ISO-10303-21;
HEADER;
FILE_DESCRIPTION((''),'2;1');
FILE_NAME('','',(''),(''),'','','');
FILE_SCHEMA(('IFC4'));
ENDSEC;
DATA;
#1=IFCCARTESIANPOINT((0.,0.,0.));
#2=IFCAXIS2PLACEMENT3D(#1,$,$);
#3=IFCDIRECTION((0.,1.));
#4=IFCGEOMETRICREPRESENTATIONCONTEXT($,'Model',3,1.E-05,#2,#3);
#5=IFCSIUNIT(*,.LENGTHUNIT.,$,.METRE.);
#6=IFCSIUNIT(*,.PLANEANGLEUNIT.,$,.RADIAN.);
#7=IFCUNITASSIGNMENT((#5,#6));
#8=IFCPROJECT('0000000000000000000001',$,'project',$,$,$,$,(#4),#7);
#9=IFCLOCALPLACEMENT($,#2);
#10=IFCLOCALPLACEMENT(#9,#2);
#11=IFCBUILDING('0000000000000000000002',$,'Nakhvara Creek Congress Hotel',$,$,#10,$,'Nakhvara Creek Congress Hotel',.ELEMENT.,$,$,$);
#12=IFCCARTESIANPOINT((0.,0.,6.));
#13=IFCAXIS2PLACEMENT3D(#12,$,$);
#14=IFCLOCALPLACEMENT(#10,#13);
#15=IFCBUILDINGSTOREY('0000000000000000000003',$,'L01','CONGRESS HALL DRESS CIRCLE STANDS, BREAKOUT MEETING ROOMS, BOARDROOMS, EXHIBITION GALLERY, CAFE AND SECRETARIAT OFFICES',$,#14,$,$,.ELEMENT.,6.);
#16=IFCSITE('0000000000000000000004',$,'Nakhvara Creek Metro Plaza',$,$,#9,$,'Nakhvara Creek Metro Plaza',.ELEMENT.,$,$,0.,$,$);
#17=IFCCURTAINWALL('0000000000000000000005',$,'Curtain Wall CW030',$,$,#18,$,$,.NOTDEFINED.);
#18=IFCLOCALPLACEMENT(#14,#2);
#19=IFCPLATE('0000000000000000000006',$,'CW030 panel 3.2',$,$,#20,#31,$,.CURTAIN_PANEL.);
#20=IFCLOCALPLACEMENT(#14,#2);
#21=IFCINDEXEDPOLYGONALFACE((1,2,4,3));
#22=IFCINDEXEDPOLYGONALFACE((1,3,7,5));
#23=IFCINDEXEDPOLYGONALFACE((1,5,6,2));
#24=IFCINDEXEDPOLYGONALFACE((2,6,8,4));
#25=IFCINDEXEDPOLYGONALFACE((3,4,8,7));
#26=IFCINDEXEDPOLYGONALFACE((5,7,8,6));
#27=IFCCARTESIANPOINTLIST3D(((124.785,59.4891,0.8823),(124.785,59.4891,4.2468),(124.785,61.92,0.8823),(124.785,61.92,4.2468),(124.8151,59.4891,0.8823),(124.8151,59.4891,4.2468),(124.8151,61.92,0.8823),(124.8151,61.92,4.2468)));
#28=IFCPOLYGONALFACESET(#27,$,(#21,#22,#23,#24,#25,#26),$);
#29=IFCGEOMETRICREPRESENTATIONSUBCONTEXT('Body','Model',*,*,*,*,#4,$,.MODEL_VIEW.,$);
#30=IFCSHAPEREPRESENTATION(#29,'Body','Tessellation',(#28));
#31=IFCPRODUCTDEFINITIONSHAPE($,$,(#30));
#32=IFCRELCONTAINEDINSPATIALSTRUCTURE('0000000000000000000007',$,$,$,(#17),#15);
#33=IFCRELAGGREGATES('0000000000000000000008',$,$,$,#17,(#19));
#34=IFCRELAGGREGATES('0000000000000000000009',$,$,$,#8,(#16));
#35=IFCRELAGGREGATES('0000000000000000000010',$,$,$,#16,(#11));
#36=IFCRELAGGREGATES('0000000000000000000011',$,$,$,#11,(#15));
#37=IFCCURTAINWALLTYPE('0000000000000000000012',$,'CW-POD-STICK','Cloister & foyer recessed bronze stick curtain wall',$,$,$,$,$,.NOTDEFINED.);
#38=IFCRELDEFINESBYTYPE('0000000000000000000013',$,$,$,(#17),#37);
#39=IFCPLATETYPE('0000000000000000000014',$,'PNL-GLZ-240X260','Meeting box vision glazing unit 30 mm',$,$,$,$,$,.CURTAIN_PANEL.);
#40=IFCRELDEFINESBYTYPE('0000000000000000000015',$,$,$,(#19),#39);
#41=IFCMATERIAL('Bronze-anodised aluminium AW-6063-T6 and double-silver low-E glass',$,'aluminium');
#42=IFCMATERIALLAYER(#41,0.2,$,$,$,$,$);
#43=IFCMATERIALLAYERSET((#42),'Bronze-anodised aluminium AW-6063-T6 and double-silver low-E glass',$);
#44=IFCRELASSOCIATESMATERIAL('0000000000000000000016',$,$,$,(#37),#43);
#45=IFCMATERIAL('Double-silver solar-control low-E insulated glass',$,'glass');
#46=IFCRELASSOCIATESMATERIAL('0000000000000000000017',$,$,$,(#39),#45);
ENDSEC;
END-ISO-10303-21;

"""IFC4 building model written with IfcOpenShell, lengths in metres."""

from ifc_helpers import new_model, si_unit, direction, frame, origin, origin_2d, place, context, subcontext, project, spatial, rectangle, extrude, material, layer, layer_set, type_object, element, aggregate, save


model = new_model("IFC4")

# Units and contexts
model_context = context("Model", 3, precision=1e-05, world=origin(), true_north=direction((0.0, 1.0)))
body_context = subcontext(model_context, "Body", "Model", "MODEL_VIEW")
ifc_project = project(units=[si_unit("LENGTHUNIT", "METRE"), si_unit("PLANEANGLEUNIT", "RADIAN")], contexts=[model_context])

# Site, building, storey
site_placement = place(None, origin())
site = spatial("IfcSite", under=ifc_project, at=site_placement, Name="Nakhvara Creek Metro Plaza", LongName="Nakhvara Creek Metro Plaza", CompositionType="ELEMENT", RefElevation=0.0)
building_placement = place(site_placement, origin())
building = spatial("IfcBuilding", under=site, at=building_placement, Name="Nakhvara Creek Congress Hotel", LongName="Nakhvara Creek Congress Hotel", CompositionType="ELEMENT")
storey_placement = place(building_placement, frame((0.0, 0.0, 6.0)))
storey = spatial("IfcBuildingStorey", under=building, at=storey_placement, Name="L01", Description="CONGRESS HALL DRESS CIRCLE STANDS, BREAKOUT MEETING ROOMS, BOARDROOMS, EXHIBITION GALLERY, CAFE AND SECRETARIAT OFFICES", CompositionType="ELEMENT", Elevation=6.0)

# Curtain wall, plate
ifc_material_1 = material(Name="Bronze-anodised aluminium AW-6063-T6 and double-silver low-E glass", Category="aluminium")
ifc_layer = layer(ifc_material_1, 0.2)
ifc_layer_set = layer_set([ifc_layer], Name="Bronze-anodised aluminium AW-6063-T6 and double-silver low-E glass")
curtain_wall_type = type_object("IfcCurtainWallType", Name="CW-POD-STICK", Description="Cloister & foyer recessed bronze stick curtain wall", PredefinedType="NOTDEFINED", material=ifc_layer_set)
curtain_wall_placement = place(storey_placement, origin())
curtain_wall = element("IfcCurtainWall", 1, at=curtain_wall_placement, inside=storey, type_object=curtain_wall_type, Name="Curtain Wall CW030", PredefinedType="NOTDEFINED")
ifc_material_2 = material(Name="Double-silver solar-control low-E insulated glass", Category="glass")
plate_type = type_object("IfcPlateType", Name="PNL-GLZ-240X260", Description="Meeting box vision glazing unit 30 mm", PredefinedType="CURTAIN_PANEL", material=ifc_material_2)
plate_1_placement = place(storey_placement, frame((124.8, 60.7046, 0.8823), z_axis=(0.0, 0.0, 1.0), x_axis=(0.0, 1.0, 0.0)))
plate_1 = element("IfcPlate", 2, at=plate_1_placement, type_object=plate_type, Name="CW030 panel 3.2", PredefinedType="CURTAIN_PANEL", context=body_context, shape_type="SweptSolid", body=[
    extrude(rectangle(XDim=2.4309, YDim=0.03, at=origin_2d()), origin(), (0.0, 0.0, 1.0), 3.3645),
])
aggregate(curtain_wall, [plate_1])

save(model, "model.ifc")
